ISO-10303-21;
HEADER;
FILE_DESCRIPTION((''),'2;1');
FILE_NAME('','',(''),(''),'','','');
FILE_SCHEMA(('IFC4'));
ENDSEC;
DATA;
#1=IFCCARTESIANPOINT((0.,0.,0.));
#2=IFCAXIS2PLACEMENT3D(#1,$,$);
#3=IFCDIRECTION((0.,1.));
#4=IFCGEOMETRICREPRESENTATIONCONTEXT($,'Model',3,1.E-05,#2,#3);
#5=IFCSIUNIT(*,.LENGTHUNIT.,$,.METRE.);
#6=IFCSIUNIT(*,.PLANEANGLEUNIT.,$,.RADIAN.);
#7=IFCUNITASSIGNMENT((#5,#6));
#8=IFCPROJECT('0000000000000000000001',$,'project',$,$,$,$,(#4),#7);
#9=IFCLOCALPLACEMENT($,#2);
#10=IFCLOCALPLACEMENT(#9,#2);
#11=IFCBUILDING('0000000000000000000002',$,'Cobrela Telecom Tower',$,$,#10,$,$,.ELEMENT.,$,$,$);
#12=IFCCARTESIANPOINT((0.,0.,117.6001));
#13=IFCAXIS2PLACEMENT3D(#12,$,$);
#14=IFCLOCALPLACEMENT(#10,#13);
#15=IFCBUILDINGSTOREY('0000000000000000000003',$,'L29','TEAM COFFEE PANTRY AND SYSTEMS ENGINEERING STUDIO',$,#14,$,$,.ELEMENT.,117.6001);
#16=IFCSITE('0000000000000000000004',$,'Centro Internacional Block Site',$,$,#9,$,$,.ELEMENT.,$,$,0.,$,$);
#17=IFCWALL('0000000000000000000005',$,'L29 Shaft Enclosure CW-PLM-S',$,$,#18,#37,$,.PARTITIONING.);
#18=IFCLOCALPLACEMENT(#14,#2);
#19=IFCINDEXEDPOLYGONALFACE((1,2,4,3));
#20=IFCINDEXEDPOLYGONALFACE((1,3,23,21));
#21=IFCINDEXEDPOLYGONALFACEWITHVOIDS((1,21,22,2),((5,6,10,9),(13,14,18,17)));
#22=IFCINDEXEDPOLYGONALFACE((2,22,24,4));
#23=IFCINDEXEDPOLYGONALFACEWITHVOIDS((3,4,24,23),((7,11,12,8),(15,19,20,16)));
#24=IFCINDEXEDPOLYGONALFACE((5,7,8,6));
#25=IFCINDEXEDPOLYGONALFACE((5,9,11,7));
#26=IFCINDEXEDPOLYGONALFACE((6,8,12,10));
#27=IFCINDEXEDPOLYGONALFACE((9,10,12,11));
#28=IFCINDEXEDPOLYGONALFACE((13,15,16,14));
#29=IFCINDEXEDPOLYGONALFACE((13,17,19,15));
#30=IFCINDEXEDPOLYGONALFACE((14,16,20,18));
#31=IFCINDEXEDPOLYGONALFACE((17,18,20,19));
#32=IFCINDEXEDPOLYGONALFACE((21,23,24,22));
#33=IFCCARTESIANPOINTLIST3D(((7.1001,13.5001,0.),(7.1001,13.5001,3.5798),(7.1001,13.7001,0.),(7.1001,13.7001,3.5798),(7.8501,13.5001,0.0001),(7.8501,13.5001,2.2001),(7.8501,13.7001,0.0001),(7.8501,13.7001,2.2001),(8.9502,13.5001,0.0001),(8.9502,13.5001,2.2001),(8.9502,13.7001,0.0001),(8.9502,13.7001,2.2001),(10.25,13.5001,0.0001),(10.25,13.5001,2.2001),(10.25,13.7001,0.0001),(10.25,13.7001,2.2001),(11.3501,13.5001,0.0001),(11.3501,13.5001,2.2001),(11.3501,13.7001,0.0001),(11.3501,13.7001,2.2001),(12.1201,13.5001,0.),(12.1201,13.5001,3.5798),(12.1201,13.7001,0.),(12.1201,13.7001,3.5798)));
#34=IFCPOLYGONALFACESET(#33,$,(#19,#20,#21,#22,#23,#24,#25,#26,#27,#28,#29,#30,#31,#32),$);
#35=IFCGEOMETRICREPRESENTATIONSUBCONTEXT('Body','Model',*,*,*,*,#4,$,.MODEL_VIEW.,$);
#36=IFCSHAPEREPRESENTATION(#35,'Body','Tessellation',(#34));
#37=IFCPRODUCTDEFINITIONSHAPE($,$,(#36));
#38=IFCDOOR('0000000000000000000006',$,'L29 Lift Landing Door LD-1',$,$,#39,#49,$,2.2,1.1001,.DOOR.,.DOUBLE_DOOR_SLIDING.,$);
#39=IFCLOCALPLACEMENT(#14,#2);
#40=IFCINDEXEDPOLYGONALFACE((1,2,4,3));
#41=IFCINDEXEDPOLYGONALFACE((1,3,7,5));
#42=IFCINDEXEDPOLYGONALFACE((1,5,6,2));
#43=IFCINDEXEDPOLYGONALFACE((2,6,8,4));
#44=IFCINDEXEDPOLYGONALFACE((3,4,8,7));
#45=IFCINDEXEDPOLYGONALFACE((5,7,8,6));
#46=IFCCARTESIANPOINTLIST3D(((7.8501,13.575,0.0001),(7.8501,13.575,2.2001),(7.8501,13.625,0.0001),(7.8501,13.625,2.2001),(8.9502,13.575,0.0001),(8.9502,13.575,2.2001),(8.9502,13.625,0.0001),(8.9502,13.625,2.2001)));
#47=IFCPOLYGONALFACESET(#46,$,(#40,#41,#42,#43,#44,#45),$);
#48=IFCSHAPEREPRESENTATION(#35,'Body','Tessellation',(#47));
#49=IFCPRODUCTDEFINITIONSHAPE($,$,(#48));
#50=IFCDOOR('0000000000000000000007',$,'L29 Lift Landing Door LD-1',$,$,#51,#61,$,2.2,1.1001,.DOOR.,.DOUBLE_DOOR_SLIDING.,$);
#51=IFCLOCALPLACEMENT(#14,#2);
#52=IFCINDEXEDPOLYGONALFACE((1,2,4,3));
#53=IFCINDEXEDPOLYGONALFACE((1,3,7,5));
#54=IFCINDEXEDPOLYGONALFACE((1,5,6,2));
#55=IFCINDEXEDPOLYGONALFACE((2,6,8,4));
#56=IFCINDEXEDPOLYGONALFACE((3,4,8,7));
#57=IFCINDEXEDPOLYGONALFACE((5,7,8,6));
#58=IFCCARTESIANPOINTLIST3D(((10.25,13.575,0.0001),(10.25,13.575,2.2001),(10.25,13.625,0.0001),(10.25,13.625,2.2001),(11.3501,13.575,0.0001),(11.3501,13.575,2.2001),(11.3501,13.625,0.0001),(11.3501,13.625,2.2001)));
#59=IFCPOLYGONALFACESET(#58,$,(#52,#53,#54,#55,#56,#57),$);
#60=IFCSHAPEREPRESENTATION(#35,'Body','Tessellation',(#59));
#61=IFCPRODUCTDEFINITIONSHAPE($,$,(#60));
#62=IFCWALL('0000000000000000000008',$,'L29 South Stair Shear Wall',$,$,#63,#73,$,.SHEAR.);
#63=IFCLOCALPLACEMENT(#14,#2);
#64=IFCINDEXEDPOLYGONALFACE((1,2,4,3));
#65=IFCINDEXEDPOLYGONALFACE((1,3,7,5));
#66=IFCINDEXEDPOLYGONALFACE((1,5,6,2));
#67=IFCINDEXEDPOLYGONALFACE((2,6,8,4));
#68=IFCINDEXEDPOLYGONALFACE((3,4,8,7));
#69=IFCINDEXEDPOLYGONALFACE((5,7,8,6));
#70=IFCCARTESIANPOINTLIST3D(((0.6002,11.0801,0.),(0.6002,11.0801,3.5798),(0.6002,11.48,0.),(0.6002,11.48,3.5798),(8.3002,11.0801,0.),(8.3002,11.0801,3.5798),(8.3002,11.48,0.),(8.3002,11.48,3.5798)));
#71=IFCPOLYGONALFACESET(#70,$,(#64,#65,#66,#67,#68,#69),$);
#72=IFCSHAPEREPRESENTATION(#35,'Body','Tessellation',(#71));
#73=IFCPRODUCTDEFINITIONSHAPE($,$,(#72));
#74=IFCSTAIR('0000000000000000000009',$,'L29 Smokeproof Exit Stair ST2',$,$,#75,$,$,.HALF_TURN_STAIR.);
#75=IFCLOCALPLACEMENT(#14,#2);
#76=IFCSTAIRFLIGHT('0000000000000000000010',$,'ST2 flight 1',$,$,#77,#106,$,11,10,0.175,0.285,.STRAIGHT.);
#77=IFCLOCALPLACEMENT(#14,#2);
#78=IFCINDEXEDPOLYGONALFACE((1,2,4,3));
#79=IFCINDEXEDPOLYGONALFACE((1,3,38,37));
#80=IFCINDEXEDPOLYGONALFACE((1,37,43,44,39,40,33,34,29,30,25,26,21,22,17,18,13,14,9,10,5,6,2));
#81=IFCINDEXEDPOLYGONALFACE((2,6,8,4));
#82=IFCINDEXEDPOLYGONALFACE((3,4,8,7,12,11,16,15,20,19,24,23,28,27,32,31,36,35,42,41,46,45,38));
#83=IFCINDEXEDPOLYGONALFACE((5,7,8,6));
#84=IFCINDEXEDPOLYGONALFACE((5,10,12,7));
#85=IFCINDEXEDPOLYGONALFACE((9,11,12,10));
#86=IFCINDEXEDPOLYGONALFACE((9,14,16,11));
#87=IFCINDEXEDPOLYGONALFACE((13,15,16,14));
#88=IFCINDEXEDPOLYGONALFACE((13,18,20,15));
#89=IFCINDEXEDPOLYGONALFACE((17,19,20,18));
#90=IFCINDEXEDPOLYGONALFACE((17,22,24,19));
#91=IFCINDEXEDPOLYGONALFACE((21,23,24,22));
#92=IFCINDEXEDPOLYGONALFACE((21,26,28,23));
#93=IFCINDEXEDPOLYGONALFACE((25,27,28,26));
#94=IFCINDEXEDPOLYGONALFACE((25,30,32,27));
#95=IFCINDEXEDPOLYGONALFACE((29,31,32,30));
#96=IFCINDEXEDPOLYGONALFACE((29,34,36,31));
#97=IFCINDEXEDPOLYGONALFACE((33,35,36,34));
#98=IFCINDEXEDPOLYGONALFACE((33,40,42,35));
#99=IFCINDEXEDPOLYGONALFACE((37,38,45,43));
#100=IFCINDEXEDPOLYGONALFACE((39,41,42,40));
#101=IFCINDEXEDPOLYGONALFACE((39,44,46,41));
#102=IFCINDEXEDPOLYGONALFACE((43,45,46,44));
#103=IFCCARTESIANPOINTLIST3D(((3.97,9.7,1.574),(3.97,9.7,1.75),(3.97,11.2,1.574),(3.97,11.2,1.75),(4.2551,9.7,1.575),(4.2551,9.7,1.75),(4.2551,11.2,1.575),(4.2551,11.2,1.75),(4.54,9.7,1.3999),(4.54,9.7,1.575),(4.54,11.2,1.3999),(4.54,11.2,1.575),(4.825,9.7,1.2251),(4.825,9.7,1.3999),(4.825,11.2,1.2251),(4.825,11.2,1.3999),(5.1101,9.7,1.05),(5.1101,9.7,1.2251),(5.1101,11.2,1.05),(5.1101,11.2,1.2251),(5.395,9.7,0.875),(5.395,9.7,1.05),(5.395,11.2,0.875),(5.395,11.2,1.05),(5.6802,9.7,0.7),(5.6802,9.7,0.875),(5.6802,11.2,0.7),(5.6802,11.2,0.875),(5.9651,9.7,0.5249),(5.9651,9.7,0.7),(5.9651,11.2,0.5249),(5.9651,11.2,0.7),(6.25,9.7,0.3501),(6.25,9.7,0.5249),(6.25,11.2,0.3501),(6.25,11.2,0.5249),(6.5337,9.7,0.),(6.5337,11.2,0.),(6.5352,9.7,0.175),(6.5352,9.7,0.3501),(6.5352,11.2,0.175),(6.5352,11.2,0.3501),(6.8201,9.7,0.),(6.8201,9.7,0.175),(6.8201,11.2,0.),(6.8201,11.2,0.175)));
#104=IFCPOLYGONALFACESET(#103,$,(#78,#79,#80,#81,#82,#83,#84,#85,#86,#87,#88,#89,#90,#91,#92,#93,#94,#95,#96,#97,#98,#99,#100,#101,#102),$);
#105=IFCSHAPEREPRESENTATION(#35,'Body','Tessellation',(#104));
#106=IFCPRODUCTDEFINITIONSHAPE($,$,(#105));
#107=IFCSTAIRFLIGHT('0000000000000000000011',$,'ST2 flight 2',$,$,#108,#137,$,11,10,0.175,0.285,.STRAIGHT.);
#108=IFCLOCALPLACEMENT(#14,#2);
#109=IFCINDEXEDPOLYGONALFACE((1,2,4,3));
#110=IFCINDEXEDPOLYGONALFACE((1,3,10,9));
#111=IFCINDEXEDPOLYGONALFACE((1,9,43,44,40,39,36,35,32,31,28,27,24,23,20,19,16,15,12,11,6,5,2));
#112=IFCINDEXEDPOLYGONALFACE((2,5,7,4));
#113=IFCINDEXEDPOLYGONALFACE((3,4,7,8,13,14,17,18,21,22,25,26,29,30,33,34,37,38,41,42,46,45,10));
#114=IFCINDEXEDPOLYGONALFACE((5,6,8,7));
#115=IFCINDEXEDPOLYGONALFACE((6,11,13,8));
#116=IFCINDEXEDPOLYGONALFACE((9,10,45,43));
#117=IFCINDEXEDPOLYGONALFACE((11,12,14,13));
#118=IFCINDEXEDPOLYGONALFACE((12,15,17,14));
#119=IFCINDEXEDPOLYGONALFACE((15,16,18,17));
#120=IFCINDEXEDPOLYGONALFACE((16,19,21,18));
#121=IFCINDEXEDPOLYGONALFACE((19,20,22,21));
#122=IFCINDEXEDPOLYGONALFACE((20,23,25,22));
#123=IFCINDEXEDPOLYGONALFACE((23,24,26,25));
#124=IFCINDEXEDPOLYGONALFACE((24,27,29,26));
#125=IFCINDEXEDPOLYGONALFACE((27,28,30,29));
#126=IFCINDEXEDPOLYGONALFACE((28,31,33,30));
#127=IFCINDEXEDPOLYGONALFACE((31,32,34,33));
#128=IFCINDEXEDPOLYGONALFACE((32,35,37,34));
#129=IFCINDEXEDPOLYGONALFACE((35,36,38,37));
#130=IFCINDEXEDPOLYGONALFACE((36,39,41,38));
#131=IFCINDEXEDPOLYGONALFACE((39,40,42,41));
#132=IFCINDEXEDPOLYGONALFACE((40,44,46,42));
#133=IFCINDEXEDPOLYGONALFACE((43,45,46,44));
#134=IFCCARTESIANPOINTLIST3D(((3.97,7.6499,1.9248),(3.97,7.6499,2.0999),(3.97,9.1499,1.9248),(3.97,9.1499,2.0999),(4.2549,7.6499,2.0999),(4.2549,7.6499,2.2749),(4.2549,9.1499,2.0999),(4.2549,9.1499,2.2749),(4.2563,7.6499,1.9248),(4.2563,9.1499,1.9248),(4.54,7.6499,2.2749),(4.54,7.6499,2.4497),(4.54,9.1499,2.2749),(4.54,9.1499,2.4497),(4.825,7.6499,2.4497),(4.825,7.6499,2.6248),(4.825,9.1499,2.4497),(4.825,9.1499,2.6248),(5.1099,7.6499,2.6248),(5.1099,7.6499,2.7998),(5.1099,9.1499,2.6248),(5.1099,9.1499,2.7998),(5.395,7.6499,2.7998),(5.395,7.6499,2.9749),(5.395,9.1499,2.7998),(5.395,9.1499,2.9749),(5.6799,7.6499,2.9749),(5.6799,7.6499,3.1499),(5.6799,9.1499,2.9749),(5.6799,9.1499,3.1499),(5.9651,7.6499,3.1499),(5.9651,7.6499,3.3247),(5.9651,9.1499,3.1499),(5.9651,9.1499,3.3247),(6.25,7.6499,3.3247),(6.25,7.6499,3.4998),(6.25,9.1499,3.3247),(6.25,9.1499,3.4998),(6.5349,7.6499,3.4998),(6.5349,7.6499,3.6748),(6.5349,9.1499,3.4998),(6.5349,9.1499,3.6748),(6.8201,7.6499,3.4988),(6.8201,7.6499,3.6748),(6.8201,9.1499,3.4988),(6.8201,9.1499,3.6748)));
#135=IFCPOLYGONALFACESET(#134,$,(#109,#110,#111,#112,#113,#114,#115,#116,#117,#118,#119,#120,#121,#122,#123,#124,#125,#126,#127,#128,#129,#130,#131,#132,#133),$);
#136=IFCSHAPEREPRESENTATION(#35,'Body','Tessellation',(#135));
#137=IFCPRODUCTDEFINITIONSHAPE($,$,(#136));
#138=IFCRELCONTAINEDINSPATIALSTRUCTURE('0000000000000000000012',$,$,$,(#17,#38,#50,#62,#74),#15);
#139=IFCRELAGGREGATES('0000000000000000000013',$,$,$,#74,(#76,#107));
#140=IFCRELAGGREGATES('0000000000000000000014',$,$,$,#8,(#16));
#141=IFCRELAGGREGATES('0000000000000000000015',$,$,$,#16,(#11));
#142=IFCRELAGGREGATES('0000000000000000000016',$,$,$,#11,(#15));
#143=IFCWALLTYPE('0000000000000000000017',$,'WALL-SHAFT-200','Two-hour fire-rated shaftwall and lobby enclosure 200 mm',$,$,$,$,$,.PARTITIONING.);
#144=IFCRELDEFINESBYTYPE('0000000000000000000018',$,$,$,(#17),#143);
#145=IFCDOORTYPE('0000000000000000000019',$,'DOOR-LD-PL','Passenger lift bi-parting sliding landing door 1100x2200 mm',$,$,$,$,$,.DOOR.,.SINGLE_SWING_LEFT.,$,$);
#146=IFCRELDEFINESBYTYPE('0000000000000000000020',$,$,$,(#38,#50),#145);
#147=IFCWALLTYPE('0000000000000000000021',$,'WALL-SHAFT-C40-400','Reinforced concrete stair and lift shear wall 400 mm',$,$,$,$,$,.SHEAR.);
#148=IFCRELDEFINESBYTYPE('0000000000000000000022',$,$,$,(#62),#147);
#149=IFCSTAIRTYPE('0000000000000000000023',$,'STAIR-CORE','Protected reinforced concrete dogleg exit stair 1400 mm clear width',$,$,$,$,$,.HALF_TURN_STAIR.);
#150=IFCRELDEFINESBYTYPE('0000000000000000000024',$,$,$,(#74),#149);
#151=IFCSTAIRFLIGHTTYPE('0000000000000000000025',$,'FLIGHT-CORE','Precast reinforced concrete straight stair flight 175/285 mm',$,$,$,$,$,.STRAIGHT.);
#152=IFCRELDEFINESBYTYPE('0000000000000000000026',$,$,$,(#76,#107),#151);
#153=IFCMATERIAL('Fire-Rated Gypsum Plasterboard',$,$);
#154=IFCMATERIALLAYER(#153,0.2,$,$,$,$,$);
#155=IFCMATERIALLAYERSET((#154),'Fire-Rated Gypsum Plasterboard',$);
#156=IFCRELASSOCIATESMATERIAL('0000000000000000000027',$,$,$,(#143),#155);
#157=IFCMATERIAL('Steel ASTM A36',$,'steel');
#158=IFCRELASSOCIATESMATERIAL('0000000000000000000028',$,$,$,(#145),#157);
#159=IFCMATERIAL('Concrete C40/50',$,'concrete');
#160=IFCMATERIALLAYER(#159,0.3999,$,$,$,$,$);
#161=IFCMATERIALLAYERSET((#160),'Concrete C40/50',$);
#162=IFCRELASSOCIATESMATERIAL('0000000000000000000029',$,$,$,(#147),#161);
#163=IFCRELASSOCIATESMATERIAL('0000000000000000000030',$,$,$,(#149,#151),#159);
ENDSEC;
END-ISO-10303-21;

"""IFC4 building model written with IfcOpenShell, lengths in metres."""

from ifc_helpers import new_model, si_unit, direction, frame, frame_2d, origin, place, context, subcontext, project, spatial, polyline, rectangle, outline, extrude, material, layer, layer_set, type_object, element, fill, aggregate, save


model = new_model("IFC4")

# Units and contexts
model_context = context("Model", 3, precision=1e-05, world=origin(), true_north=direction((0.0, 1.0)))
body_context = subcontext(model_context, "Body", "Model", "MODEL_VIEW")
ifc_project = project(units=[si_unit("LENGTHUNIT", "METRE"), si_unit("PLANEANGLEUNIT", "RADIAN")], contexts=[model_context])

# Site, building, storey
site_placement = place(None, origin())
site = spatial("IfcSite", under=ifc_project, at=site_placement, Name="Centro Internacional Block Site", CompositionType="ELEMENT", RefElevation=0.0)
building_placement = place(site_placement, origin())
building = spatial("IfcBuilding", under=site, at=building_placement, Name="Cobrela Telecom Tower", CompositionType="ELEMENT")
storey_placement = place(building_placement, frame((0.0, 0.0, 117.6001)))
storey = spatial("IfcBuildingStorey", under=building, at=storey_placement, Name="L29", Description="TEAM COFFEE PANTRY AND SYSTEMS ENGINEERING STUDIO", CompositionType="ELEMENT", Elevation=117.6001)

# Shared definitions
ifc_material_1 = material(Name="Fire-Rated Gypsum Plasterboard")

# Shared definitions
ifc_layer_1 = layer(ifc_material_1, 0.2)
ifc_layer_set_1 = layer_set([ifc_layer_1], Name="Fire-Rated Gypsum Plasterboard")
wall_type_1 = type_object("IfcWallType", Name="WALL-SHAFT-200", Description="Two-hour fire-rated shaftwall and lobby enclosure 200 mm", PredefinedType="PARTITIONING", material=ifc_layer_set_1)

# Wall, openings, doors
ifc_material_2 = material(Name="Steel ASTM A36", Category="steel")
door_type_1 = type_object("IfcDoorType", Name="DOOR-LD-PL", Description="Passenger lift bi-parting sliding landing door 1100x2200 mm", OperationType="SINGLE_SWING_LEFT", PredefinedType="DOOR", material=ifc_material_2)
wall_1_placement = place(storey_placement, frame((7.1001, 13.6001, 0.0), z_axis=(0.0, 0.0, 1.0), x_axis=(1.0, 0.0, 0.0)))
wall_1 = element("IfcWall", 1, at=wall_1_placement, inside=storey, type_object=wall_type_1, Name="L29 Shaft Enclosure CW-PLM-S", PredefinedType="PARTITIONING", context=body_context, shape_type="SweptSolid", body=[
    extrude(rectangle(XDim=5.02, YDim=0.2, at=frame_2d((2.51, 0.0))), origin(), (0.0, 0.0, 1.0), 3.5798),
])
opening_1_placement = place(wall_1_placement, frame((0.75, 0.0, 0.0)))
opening_1 = element("IfcOpeningElement", 2, at=opening_1_placement, cuts=wall_1, PredefinedType="OPENING", context=body_context, shape_type="SweptSolid", body=[
    extrude(rectangle(XDim=1.1001, YDim=2.2, at=frame_2d((0.55, 1.1001))), frame((0.0, 0.1118, 0.0), z_axis=(0.0, -1.0, 0.0), x_axis=(1.0, 0.0, 0.0)), (0.0, 0.0, 1.0), 0.2239),
])
opening_2_placement = place(wall_1_placement, frame((3.1499, 0.0, 0.0)))
opening_2 = element("IfcOpeningElement", 3, at=opening_2_placement, cuts=wall_1, PredefinedType="OPENING", context=body_context, shape_type="SweptSolid", body=[
    extrude(rectangle(XDim=1.1001, YDim=2.2, at=frame_2d((0.55, 1.1001))), frame((0.0, 0.1118, 0.0), z_axis=(0.0, -1.0, 0.0), x_axis=(1.0, 0.0, 0.0)), (0.0, 0.0, 1.0), 0.2239),
])
door_1_placement = place(opening_1_placement, origin())
door_1 = element("IfcDoor", 4, at=door_1_placement, inside=storey, type_object=door_type_1, Name="L29 Lift Landing Door LD-1", OperationType="DOUBLE_DOOR_SLIDING", OverallHeight=2.2, OverallWidth=1.1001, PredefinedType="DOOR", context=body_context, shape_type="SweptSolid", body=[
    extrude(rectangle(XDim=1.1001, YDim=2.2, at=frame_2d((0.55, 1.1001))), frame((0.0, 0.0249, 0.0), z_axis=(0.0, -1.0, 0.0), x_axis=(1.0, 0.0, 0.0)), (0.0, 0.0, 1.0), 0.05),
])
fill(opening_1, door_1)
door_2_placement = place(opening_2_placement, origin())
door_2 = element("IfcDoor", 5, at=door_2_placement, inside=storey, type_object=door_type_1, Name="L29 Lift Landing Door LD-1", OperationType="DOUBLE_DOOR_SLIDING", OverallHeight=2.2, OverallWidth=1.1001, PredefinedType="DOOR", context=body_context, shape_type="SweptSolid", body=[
    extrude(rectangle(XDim=1.1001, YDim=2.2, at=frame_2d((0.55, 1.1001))), frame((0.0, 0.0249, 0.0), z_axis=(0.0, -1.0, 0.0), x_axis=(1.0, 0.0, 0.0)), (0.0, 0.0, 1.0), 0.05),
])
fill(opening_2, door_2)

# Wall
ifc_material_3 = material(Name="Concrete C40/50", Category="concrete")
ifc_layer_2 = layer(ifc_material_3, 0.3999)
ifc_layer_set_2 = layer_set([ifc_layer_2], Name="Concrete C40/50")
wall_type_2 = type_object("IfcWallType", Name="WALL-SHAFT-C40-400", Description="Reinforced concrete stair and lift shear wall 400 mm", PredefinedType="SHEAR", material=ifc_layer_set_2)
wall_2_placement = place(storey_placement, frame((0.6001, 11.28, 0.0), z_axis=(0.0, 0.0, 1.0), x_axis=(1.0, 0.0, 0.0)))
element("IfcWall", 6, at=wall_2_placement, inside=storey, type_object=wall_type_2, Name="L29 South Stair Shear Wall", PredefinedType="SHEAR", context=body_context, shape_type="SweptSolid", body=[
    extrude(rectangle(XDim=7.7, YDim=0.3999, at=frame_2d((3.8501, 0.0))), origin(), (0.0, 0.0, 1.0), 3.5798),
])

# Stair, stair flights
stair_type = type_object("IfcStairType", Name="STAIR-CORE", Description="Protected reinforced concrete dogleg exit stair 1400 mm clear width", PredefinedType="HALF_TURN_STAIR", material=ifc_material_3)
stair_placement = place(storey_placement, origin())
stair = element("IfcStair", 7, at=stair_placement, inside=storey, type_object=stair_type, Name="L29 Smokeproof Exit Stair ST2", PredefinedType="HALF_TURN_STAIR")
stair_flight_type = type_object("IfcStairFlightType", Name="FLIGHT-CORE", Description="Precast reinforced concrete straight stair flight 175/285 mm", PredefinedType="STRAIGHT", material=ifc_material_3)
stair_flight_1_placement = place(storey_placement, frame((6.8201, 10.45, 0.0), z_axis=(0.0, 0.0, 1.0), x_axis=(-1.0, 0.0, 0.0)))
stair_flight_1 = element("IfcStairFlight", 8, at=stair_flight_1_placement, type_object=stair_flight_type, Name="ST2 flight 1", NumberOfRisers=11, NumberOfTreads=10, PredefinedType="STRAIGHT", RiserHeight=0.175, TreadLength=0.285, context=body_context, shape_type="SweptSolid", body=[
    extrude(outline(polyline([(0.0, 0.0), (0.0, 0.175), (0.2849, 0.175), (0.2849, 0.3501), (0.5701, 0.3501), (0.5701, 0.5249), (0.855, 0.5249), (0.855, 0.7), (1.1399, 0.7), (1.1399, 0.875), (1.425, 0.875), (1.425, 1.05), (1.71, 1.05), (1.71, 1.2251), (1.9951, 1.2251), (1.9951, 1.3999), (2.28, 1.3999), (2.28, 1.575), (2.5649, 1.575), (2.5649, 1.75), (2.8501, 1.75), (2.8501, 1.925), (2.8501, 1.574), (0.2864, 0.0), (0.0, 0.0)])), frame((0.0, 0.75, 0.0), z_axis=(0.0, -1.0, 0.0), x_axis=(1.0, 0.0, 0.0)), (0.0, 0.0, 1.0), 1.5),
])
stair_flight_2_placement = place(storey_placement, frame((3.97, 8.3999, 1.9248), z_axis=(0.0, 0.0, 1.0), x_axis=(1.0, 0.0, 0.0)))
stair_flight_2 = element("IfcStairFlight", 9, at=stair_flight_2_placement, type_object=stair_flight_type, Name="ST2 flight 2", NumberOfRisers=11, NumberOfTreads=10, PredefinedType="STRAIGHT", RiserHeight=0.175, TreadLength=0.285, context=body_context, shape_type="SweptSolid", body=[
    extrude(outline(polyline([(0.0, 0.0), (0.0, 0.175), (0.2849, 0.175), (0.2849, 0.3501), (0.5701, 0.3501), (0.5701, 0.5249), (0.855, 0.5249), (0.855, 0.7), (1.1399, 0.7), (1.1399, 0.875), (1.425, 0.875), (1.425, 1.05), (1.71, 1.05), (1.71, 1.2251), (1.9951, 1.2251), (1.9951, 1.3999), (2.28, 1.3999), (2.28, 1.575), (2.5649, 1.575), (2.5649, 1.75), (2.8501, 1.75), (2.8501, 1.925), (2.8501, 1.574), (0.2864, 0.0), (0.0, 0.0)])), frame((0.0, 0.75, 0.0), z_axis=(0.0, -1.0, 0.0), x_axis=(1.0, 0.0, 0.0)), (0.0, 0.0, 1.0), 1.5),
])
aggregate(stair, [stair_flight_1, stair_flight_2])

save(model, "model.ifc")
